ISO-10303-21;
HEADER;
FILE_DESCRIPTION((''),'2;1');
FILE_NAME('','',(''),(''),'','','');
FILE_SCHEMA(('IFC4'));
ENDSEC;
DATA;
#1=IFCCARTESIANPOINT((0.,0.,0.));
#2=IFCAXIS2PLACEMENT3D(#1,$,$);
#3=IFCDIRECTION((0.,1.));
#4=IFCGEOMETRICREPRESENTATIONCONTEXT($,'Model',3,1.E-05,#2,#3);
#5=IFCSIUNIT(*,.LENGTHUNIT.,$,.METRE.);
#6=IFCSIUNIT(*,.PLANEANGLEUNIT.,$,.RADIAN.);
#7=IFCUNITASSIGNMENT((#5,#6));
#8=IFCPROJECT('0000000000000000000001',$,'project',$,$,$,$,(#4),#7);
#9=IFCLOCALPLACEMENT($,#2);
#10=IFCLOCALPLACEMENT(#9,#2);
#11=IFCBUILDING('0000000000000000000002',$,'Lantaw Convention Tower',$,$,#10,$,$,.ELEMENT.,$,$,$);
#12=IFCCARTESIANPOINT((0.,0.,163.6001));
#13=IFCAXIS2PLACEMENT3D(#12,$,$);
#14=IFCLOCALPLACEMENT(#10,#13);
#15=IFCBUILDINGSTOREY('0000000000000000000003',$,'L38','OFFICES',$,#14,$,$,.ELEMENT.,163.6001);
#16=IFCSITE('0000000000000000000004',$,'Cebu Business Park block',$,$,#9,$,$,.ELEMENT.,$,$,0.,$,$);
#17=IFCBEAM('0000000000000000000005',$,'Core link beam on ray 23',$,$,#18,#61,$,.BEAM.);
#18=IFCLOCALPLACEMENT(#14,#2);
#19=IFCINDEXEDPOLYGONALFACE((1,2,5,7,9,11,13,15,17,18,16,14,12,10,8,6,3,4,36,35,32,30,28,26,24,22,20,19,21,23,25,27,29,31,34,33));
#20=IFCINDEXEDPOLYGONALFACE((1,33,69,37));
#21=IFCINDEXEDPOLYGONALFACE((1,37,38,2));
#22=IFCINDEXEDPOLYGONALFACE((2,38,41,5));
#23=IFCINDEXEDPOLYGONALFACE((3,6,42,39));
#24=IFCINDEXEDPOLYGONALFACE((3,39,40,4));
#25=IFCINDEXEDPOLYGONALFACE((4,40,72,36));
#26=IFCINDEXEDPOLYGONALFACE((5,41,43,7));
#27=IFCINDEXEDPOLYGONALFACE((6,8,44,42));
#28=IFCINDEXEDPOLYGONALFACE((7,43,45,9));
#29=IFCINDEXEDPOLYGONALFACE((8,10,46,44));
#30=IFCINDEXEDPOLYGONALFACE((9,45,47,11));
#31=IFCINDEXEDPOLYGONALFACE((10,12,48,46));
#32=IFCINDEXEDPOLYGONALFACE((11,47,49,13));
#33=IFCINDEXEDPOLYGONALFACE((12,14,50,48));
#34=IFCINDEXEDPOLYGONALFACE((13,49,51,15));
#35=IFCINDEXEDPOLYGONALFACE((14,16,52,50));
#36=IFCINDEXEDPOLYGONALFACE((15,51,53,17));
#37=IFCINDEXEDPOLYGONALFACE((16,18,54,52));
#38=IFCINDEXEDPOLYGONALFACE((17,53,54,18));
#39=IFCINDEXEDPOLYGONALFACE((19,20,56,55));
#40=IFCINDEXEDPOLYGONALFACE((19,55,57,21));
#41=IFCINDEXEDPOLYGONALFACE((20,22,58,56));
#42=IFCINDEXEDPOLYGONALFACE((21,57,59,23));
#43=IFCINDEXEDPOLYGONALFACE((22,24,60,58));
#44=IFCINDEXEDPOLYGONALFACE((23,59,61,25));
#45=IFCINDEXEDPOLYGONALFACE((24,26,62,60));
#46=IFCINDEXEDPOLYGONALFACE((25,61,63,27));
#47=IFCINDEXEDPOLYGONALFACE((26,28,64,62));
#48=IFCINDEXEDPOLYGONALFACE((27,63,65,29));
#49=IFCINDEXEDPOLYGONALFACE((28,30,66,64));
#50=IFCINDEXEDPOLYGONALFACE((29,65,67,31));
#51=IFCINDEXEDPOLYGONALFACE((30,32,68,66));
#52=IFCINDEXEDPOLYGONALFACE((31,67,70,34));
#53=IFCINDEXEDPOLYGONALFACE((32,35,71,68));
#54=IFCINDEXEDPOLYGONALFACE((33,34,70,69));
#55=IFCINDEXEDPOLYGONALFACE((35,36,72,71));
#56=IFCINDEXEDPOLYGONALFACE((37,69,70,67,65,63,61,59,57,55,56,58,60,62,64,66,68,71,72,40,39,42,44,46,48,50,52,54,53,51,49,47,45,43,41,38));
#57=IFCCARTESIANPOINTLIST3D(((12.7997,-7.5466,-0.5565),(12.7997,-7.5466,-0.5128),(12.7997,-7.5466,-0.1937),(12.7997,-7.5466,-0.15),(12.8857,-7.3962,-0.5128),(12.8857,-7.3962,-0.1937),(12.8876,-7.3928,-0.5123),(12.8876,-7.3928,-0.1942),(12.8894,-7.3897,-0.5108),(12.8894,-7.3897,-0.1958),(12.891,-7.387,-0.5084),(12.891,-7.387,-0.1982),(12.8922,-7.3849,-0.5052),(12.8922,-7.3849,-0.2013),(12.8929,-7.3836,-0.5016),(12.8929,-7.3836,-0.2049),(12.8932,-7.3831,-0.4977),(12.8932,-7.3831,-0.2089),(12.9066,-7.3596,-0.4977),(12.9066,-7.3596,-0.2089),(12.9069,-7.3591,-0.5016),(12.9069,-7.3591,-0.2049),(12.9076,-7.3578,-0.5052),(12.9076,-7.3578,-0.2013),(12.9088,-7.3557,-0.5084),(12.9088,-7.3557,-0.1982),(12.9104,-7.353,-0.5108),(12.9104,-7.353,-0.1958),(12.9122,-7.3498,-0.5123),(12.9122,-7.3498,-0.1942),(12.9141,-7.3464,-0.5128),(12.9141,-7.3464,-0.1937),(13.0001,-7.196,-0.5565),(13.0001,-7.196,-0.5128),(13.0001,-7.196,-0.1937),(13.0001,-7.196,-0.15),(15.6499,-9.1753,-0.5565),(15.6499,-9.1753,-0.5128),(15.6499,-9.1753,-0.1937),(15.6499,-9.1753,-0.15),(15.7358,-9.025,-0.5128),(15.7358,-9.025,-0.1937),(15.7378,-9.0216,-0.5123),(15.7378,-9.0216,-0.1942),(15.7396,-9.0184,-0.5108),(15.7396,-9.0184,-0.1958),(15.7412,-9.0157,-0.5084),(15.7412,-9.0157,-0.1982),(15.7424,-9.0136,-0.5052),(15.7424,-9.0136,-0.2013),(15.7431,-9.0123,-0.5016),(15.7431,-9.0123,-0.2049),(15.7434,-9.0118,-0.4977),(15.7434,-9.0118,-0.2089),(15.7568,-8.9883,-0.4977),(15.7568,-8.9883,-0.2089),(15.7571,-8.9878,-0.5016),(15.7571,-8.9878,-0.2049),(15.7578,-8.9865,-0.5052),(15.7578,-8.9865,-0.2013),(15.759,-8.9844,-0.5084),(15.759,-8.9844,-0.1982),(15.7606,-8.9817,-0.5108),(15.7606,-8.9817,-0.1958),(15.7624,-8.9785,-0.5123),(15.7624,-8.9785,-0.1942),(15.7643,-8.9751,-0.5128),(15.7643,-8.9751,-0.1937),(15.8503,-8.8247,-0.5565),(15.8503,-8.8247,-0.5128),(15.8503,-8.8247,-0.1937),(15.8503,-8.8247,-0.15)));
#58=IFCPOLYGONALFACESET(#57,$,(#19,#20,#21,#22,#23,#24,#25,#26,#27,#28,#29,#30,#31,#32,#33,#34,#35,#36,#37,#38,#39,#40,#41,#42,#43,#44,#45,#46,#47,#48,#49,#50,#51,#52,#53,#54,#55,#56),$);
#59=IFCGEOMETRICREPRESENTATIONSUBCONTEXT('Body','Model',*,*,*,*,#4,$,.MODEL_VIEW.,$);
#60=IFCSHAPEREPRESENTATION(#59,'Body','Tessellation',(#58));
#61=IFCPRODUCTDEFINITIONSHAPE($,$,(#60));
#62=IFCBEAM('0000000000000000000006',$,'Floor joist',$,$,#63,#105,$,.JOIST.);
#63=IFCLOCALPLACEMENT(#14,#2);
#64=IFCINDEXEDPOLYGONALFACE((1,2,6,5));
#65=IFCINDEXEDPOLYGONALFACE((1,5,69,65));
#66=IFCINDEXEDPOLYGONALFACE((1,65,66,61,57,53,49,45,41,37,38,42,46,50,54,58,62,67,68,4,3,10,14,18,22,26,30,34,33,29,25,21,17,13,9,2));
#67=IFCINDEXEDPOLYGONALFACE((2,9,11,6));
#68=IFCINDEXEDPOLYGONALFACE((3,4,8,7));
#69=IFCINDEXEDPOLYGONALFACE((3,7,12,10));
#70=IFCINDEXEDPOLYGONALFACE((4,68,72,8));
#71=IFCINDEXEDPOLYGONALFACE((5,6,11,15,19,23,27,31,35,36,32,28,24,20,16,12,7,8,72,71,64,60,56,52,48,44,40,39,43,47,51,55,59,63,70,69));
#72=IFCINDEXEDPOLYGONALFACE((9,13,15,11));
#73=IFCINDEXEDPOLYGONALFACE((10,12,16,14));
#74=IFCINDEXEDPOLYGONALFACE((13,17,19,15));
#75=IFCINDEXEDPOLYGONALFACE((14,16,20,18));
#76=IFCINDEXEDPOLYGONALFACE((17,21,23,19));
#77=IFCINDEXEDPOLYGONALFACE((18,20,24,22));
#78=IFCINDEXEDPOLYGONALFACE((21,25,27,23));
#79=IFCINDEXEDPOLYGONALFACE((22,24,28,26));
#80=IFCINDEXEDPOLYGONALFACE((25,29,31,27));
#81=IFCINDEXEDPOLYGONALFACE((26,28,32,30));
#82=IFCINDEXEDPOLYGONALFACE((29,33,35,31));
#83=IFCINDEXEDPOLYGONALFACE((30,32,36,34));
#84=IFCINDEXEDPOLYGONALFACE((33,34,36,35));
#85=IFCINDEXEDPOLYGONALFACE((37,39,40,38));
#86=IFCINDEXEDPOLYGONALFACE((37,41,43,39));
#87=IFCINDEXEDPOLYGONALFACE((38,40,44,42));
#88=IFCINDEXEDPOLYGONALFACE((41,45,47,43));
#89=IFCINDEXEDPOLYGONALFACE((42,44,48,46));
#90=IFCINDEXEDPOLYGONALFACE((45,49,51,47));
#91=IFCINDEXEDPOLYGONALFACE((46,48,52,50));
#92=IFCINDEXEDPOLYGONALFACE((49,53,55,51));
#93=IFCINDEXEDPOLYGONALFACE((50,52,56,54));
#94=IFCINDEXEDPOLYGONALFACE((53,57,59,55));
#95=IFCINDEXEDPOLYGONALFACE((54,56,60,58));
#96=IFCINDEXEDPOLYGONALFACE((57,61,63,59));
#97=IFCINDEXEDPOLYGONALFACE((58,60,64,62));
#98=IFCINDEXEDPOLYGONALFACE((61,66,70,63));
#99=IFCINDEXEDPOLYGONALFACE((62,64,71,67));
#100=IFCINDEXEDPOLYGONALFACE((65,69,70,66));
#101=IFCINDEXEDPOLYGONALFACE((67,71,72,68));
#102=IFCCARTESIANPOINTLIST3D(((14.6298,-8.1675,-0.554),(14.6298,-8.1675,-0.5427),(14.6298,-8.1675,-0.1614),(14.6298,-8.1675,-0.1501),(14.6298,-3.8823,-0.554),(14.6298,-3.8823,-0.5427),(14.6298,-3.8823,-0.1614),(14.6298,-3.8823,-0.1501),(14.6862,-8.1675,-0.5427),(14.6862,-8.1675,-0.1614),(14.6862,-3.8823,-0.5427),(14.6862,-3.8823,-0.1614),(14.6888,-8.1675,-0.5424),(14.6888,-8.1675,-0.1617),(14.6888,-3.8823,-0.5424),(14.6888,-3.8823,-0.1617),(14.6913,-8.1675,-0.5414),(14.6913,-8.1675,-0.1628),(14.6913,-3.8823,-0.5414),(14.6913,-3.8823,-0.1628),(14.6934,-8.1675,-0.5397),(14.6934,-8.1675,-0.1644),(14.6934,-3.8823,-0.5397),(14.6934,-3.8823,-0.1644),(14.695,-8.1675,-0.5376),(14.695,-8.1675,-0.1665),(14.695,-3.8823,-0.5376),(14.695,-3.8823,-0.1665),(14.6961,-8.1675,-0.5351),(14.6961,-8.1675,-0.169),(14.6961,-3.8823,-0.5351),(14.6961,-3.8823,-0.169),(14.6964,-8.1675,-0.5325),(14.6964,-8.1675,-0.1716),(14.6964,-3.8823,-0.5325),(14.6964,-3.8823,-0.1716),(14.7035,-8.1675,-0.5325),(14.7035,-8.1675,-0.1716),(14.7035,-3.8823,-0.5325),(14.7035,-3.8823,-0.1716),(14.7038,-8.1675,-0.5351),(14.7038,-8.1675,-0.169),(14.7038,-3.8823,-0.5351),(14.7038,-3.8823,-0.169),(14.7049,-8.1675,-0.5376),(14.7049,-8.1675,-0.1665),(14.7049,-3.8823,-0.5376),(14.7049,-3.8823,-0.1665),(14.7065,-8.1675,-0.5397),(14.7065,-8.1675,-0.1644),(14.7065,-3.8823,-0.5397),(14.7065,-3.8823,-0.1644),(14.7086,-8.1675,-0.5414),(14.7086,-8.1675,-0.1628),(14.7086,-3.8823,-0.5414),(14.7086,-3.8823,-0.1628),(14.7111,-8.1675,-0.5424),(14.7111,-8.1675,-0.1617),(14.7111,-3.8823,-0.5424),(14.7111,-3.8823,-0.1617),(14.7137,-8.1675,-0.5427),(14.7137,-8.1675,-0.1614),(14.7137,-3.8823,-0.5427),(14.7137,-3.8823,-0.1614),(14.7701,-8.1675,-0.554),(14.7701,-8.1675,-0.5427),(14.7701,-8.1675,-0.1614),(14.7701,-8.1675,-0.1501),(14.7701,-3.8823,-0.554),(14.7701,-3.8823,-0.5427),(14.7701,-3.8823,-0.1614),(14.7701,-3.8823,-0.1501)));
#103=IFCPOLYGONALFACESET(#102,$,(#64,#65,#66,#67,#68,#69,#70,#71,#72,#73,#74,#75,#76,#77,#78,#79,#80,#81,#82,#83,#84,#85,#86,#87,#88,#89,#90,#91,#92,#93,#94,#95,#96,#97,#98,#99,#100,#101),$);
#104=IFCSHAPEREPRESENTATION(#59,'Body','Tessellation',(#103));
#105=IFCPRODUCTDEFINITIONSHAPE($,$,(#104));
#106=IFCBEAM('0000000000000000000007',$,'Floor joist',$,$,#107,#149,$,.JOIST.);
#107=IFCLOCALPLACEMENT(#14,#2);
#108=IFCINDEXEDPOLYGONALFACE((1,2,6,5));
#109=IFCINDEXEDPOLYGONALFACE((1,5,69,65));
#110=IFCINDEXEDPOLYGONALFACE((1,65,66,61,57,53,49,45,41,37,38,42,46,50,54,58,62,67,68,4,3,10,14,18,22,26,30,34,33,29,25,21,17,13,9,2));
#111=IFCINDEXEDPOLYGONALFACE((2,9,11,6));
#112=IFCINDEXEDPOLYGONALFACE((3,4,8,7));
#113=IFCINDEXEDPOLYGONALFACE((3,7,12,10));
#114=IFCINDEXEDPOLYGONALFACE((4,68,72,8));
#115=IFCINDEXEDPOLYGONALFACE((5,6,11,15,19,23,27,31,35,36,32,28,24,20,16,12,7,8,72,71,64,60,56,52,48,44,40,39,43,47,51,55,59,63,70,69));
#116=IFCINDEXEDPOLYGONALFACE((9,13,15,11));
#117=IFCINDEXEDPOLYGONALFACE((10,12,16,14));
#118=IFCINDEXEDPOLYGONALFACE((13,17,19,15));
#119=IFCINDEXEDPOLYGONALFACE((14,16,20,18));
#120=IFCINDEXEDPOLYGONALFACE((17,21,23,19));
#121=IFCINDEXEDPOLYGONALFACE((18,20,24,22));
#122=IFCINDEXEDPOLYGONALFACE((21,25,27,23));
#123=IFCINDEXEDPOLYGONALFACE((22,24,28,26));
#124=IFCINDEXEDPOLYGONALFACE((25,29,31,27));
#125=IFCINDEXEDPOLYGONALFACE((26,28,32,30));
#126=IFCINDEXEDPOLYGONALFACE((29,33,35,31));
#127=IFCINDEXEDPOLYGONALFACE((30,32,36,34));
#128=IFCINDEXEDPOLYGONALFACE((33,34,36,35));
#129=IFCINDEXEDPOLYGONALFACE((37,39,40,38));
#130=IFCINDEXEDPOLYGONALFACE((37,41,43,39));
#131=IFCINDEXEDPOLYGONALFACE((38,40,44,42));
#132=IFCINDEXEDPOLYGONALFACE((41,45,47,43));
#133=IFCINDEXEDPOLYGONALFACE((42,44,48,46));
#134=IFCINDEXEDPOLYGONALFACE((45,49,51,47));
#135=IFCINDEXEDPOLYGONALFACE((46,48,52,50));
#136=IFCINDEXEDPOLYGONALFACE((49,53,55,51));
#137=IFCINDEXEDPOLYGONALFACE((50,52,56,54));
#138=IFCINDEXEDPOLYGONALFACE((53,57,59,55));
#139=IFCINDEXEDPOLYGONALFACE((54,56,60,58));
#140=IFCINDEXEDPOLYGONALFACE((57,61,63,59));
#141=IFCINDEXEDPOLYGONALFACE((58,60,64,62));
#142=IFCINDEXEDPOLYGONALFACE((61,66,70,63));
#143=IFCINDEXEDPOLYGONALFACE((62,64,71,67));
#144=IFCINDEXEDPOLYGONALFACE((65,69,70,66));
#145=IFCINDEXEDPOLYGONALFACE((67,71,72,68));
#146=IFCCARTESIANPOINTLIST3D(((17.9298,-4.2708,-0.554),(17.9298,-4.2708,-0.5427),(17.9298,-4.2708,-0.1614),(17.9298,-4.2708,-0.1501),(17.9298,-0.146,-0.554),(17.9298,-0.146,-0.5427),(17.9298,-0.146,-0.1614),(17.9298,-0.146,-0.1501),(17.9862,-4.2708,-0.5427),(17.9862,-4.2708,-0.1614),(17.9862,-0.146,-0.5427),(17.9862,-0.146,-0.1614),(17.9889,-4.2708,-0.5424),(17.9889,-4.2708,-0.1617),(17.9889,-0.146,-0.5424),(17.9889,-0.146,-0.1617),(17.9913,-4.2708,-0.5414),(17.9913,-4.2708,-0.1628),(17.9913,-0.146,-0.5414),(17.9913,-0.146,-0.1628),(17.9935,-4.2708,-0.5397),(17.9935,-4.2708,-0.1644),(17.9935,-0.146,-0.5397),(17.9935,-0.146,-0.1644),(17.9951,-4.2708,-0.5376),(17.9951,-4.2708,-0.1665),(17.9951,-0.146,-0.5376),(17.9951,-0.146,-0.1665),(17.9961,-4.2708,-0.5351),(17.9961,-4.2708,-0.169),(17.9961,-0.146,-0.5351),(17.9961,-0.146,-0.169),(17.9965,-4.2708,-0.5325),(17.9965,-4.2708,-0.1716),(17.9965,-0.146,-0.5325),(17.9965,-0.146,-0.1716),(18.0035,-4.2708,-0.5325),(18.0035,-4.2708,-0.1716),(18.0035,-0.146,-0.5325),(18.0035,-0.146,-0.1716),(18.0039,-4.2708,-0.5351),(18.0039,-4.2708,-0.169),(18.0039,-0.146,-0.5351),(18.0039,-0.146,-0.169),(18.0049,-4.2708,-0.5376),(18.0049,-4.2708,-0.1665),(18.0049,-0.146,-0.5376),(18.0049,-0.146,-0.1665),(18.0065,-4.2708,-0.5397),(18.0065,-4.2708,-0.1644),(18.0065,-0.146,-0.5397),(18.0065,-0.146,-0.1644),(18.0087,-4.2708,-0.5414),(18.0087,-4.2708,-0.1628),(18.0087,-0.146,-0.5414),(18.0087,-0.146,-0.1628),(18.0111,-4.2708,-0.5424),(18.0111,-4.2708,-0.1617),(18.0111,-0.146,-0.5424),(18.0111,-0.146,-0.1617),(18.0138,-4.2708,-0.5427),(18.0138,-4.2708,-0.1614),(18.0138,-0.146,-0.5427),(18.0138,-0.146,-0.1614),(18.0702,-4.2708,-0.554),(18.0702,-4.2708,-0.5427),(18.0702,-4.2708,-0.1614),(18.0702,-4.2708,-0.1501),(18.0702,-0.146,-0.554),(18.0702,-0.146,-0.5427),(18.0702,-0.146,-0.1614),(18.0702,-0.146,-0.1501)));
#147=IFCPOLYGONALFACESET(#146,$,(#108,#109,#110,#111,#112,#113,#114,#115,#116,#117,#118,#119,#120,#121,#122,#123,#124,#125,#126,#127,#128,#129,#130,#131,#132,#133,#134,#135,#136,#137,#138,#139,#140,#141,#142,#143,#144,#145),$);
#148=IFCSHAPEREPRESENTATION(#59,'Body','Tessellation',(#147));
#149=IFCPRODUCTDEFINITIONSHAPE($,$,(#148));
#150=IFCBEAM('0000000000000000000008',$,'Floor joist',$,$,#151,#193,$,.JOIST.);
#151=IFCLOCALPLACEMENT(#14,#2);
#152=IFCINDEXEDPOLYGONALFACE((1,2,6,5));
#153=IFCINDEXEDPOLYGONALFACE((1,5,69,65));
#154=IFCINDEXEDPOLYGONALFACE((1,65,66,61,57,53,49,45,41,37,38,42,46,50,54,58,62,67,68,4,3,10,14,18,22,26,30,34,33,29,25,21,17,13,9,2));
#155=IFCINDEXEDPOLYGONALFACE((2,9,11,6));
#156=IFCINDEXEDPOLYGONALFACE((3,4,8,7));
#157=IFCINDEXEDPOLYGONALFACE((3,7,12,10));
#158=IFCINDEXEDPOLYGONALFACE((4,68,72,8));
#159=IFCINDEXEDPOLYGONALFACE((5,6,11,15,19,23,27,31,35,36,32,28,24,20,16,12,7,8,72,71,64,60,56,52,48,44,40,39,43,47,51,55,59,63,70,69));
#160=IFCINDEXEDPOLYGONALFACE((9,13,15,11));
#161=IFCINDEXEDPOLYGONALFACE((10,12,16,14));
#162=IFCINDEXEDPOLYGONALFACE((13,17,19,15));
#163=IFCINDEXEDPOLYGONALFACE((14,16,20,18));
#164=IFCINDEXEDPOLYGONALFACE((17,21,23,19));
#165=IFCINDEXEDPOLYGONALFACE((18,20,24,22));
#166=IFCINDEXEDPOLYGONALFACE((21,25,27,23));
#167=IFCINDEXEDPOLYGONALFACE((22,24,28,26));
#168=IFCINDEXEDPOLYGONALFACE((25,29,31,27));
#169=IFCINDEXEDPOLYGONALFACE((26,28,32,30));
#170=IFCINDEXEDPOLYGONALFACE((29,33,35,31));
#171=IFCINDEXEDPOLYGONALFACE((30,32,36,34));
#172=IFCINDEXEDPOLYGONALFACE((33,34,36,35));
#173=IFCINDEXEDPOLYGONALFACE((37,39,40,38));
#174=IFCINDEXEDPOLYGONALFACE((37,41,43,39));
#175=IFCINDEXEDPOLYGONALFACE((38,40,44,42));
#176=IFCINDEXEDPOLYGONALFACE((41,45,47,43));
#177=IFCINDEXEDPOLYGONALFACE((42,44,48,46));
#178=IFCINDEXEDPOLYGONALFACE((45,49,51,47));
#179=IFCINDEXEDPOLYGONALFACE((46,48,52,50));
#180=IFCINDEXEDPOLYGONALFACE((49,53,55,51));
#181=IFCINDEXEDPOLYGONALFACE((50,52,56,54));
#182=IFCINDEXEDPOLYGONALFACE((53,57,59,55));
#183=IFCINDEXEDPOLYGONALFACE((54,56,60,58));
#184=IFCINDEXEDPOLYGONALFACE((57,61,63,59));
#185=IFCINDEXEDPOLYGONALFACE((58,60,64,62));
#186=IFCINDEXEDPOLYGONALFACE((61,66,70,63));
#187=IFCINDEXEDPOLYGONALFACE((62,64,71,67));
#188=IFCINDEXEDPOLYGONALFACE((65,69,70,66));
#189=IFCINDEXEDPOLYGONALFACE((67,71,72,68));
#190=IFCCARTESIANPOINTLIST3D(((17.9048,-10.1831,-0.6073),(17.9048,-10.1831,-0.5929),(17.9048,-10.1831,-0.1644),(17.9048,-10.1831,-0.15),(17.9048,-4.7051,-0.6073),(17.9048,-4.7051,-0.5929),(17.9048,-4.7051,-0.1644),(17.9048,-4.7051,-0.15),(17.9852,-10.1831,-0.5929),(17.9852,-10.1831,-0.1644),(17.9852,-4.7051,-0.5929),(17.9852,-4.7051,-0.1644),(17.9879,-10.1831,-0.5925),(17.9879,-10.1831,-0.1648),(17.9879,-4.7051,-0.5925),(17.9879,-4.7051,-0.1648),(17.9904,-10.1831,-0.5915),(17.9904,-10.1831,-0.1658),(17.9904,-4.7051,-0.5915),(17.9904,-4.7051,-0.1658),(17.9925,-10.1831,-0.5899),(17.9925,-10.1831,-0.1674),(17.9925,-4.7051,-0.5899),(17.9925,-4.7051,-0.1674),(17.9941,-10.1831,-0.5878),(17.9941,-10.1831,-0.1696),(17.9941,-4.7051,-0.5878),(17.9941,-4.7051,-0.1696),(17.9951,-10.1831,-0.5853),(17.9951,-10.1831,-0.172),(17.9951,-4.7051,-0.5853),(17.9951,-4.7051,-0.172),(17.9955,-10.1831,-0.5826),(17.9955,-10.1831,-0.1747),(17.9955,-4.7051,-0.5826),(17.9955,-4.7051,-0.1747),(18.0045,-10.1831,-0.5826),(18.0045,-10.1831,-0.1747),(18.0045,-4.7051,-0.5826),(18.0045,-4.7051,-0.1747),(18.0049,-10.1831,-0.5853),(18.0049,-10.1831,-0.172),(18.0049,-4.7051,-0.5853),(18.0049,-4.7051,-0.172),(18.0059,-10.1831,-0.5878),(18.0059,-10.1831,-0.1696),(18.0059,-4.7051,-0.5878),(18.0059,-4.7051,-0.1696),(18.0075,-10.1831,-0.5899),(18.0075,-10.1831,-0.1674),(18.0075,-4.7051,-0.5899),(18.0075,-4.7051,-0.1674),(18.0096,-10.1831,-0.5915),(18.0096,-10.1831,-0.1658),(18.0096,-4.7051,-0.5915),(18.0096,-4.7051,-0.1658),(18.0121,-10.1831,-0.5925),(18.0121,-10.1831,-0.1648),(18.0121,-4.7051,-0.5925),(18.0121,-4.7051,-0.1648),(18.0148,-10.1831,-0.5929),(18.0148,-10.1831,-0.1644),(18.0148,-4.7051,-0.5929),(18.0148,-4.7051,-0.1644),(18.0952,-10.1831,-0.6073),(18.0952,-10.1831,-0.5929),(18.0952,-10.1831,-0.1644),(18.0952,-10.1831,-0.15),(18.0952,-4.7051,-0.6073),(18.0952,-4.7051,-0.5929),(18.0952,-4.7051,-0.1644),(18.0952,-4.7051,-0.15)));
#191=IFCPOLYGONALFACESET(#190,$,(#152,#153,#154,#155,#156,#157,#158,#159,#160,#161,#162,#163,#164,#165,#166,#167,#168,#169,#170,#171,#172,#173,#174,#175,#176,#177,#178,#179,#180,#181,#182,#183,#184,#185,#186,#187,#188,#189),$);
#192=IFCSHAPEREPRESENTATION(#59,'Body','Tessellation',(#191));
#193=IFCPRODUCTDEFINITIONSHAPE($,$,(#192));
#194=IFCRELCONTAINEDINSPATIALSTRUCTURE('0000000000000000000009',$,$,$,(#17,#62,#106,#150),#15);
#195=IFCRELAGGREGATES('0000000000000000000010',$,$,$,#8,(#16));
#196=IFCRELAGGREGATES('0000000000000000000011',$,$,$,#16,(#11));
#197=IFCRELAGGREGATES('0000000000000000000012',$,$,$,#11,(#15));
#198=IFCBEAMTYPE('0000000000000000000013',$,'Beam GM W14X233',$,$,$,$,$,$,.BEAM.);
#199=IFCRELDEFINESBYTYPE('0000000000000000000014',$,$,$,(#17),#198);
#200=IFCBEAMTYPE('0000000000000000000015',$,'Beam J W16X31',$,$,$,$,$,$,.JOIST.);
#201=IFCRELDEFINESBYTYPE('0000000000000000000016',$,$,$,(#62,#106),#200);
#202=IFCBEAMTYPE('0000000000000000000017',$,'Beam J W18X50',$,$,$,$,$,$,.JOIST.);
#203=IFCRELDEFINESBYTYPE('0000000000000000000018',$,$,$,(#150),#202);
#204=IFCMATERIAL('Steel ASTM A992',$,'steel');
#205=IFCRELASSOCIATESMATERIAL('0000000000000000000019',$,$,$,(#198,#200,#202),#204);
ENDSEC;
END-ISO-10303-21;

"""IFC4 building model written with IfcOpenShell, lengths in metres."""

from ifc_helpers import new_model, si_unit, direction, frame, origin, origin_2d, place, context, subcontext, project, spatial, i_section, extrude, material, material_profile, profile_set, type_object, element, save


model = new_model("IFC4")

# Units and contexts
model_context = context("Model", 3, precision=1e-05, world=origin(), true_north=direction((0.0, 1.0)))
body_context = subcontext(model_context, "Body", "Model", "MODEL_VIEW")
ifc_project = project(units=[si_unit("LENGTHUNIT", "METRE"), si_unit("PLANEANGLEUNIT", "RADIAN")], contexts=[model_context])

# Site, building, storey
site_placement = place(None, origin())
site = spatial("IfcSite", under=ifc_project, at=site_placement, Name="Cebu Business Park block", CompositionType="ELEMENT", RefElevation=0.0)
building_placement = place(site_placement, origin())
building = spatial("IfcBuilding", under=site, at=building_placement, Name="Lantaw Convention Tower", CompositionType="ELEMENT")
storey_placement = place(building_placement, frame((0.0, 0.0, 163.6001)))
storey = spatial("IfcBuildingStorey", under=building, at=storey_placement, Name="L38", Description="OFFICES", CompositionType="ELEMENT", Elevation=163.6001)

# Beams
ifc_material_1 = material(Name="Steel ASTM A992", Category="steel")
ifc_material_profile_1 = material_profile(ifc_material_1, i_section(OverallWidth=0.4038, OverallDepth=0.4065, WebThickness=0.0271, FlangeThickness=0.0437, FilletRadius=0.0151, at=origin_2d()), Name="W14X233")
ifc_profile_set_1 = profile_set([ifc_material_profile_1], Name="Steel ASTM A992")
beam_type_1 = type_object("IfcBeamType", Name="Beam GM W14X233", PredefinedType="BEAM", material=ifc_profile_set_1)
beam_1_placement = place(storey_placement, frame((12.8999, -7.3713, -0.3533), z_axis=(0.868239, -0.496147, 0.0), x_axis=(0.496147, 0.868239, 0.0)))
element("IfcBeam", 1, at=beam_1_placement, inside=storey, type_object=beam_type_1, Name="Core link beam on ray 23", PredefinedType="BEAM", context=body_context, shape_type="SweptSolid", body=[
    extrude(i_section(OverallWidth=0.4038, OverallDepth=0.4065, WebThickness=0.0271, FlangeThickness=0.0437, FilletRadius=0.0151, at=origin_2d()), origin(), (0.0, 0.0, 1.0), 3.2827),
])
ifc_material_profile_2 = material_profile(ifc_material_1, i_section(OverallWidth=0.1404, OverallDepth=0.4038, WebThickness=0.0071, FlangeThickness=0.0112, FilletRadius=0.0103, at=origin_2d()), Name="W16X31")
ifc_profile_set_2 = profile_set([ifc_material_profile_2], Name="Steel ASTM A992")
beam_type_2 = type_object("IfcBeamType", Name="Beam J W16X31", PredefinedType="JOIST", material=ifc_profile_set_2)
beam_2_placement = place(storey_placement, frame((14.7, -8.1675, -0.3521), z_axis=(0.0, 1.0, 0.0), x_axis=(-1.0, 0.0, 0.0)))
element("IfcBeam", 2, at=beam_2_placement, inside=storey, type_object=beam_type_2, Name="Floor joist", PredefinedType="JOIST", context=body_context, shape_type="SweptSolid", body=[
    extrude(i_section(OverallWidth=0.1404, OverallDepth=0.4038, WebThickness=0.0071, FlangeThickness=0.0112, FilletRadius=0.0103, at=origin_2d()), origin(), (0.0, 0.0, 1.0), 4.2852),
])
beam_3_placement = place(storey_placement, frame((18.0, -4.2708, -0.3521), z_axis=(0.0, 1.0, 0.0), x_axis=(-1.0, 0.0, 0.0)))
element("IfcBeam", 3, at=beam_3_placement, inside=storey, type_object=beam_type_2, Name="Floor joist", PredefinedType="JOIST", context=body_context, shape_type="SweptSolid", body=[
    extrude(i_section(OverallWidth=0.1404, OverallDepth=0.4038, WebThickness=0.0071, FlangeThickness=0.0112, FilletRadius=0.0103, at=origin_2d()), origin(), (0.0, 0.0, 1.0), 4.1248),
])
ifc_material_profile_3 = material_profile(ifc_material_1, i_section(OverallWidth=0.1904, OverallDepth=0.4573, WebThickness=0.009, FlangeThickness=0.0144, FilletRadius=0.0103, at=origin_2d()), Name="W18X50")
ifc_profile_set_3 = profile_set([ifc_material_profile_3], Name="Steel ASTM A992")
beam_type_3 = type_object("IfcBeamType", Name="Beam J W18X50", PredefinedType="JOIST", material=ifc_profile_set_3)
beam_4_placement = place(storey_placement, frame((18.0, -10.1831, -0.3787), z_axis=(0.0, 1.0, 0.0), x_axis=(-1.0, 0.0, 0.0)))
element("IfcBeam", 4, at=beam_4_placement, inside=storey, type_object=beam_type_3, Name="Floor joist", PredefinedType="JOIST", context=body_context, shape_type="SweptSolid", body=[
    extrude(i_section(OverallWidth=0.1904, OverallDepth=0.4573, WebThickness=0.009, FlangeThickness=0.0144, FilletRadius=0.0103, at=origin_2d()), origin(), (0.0, 0.0, 1.0), 5.478),
])

save(model, "model.ifc")
